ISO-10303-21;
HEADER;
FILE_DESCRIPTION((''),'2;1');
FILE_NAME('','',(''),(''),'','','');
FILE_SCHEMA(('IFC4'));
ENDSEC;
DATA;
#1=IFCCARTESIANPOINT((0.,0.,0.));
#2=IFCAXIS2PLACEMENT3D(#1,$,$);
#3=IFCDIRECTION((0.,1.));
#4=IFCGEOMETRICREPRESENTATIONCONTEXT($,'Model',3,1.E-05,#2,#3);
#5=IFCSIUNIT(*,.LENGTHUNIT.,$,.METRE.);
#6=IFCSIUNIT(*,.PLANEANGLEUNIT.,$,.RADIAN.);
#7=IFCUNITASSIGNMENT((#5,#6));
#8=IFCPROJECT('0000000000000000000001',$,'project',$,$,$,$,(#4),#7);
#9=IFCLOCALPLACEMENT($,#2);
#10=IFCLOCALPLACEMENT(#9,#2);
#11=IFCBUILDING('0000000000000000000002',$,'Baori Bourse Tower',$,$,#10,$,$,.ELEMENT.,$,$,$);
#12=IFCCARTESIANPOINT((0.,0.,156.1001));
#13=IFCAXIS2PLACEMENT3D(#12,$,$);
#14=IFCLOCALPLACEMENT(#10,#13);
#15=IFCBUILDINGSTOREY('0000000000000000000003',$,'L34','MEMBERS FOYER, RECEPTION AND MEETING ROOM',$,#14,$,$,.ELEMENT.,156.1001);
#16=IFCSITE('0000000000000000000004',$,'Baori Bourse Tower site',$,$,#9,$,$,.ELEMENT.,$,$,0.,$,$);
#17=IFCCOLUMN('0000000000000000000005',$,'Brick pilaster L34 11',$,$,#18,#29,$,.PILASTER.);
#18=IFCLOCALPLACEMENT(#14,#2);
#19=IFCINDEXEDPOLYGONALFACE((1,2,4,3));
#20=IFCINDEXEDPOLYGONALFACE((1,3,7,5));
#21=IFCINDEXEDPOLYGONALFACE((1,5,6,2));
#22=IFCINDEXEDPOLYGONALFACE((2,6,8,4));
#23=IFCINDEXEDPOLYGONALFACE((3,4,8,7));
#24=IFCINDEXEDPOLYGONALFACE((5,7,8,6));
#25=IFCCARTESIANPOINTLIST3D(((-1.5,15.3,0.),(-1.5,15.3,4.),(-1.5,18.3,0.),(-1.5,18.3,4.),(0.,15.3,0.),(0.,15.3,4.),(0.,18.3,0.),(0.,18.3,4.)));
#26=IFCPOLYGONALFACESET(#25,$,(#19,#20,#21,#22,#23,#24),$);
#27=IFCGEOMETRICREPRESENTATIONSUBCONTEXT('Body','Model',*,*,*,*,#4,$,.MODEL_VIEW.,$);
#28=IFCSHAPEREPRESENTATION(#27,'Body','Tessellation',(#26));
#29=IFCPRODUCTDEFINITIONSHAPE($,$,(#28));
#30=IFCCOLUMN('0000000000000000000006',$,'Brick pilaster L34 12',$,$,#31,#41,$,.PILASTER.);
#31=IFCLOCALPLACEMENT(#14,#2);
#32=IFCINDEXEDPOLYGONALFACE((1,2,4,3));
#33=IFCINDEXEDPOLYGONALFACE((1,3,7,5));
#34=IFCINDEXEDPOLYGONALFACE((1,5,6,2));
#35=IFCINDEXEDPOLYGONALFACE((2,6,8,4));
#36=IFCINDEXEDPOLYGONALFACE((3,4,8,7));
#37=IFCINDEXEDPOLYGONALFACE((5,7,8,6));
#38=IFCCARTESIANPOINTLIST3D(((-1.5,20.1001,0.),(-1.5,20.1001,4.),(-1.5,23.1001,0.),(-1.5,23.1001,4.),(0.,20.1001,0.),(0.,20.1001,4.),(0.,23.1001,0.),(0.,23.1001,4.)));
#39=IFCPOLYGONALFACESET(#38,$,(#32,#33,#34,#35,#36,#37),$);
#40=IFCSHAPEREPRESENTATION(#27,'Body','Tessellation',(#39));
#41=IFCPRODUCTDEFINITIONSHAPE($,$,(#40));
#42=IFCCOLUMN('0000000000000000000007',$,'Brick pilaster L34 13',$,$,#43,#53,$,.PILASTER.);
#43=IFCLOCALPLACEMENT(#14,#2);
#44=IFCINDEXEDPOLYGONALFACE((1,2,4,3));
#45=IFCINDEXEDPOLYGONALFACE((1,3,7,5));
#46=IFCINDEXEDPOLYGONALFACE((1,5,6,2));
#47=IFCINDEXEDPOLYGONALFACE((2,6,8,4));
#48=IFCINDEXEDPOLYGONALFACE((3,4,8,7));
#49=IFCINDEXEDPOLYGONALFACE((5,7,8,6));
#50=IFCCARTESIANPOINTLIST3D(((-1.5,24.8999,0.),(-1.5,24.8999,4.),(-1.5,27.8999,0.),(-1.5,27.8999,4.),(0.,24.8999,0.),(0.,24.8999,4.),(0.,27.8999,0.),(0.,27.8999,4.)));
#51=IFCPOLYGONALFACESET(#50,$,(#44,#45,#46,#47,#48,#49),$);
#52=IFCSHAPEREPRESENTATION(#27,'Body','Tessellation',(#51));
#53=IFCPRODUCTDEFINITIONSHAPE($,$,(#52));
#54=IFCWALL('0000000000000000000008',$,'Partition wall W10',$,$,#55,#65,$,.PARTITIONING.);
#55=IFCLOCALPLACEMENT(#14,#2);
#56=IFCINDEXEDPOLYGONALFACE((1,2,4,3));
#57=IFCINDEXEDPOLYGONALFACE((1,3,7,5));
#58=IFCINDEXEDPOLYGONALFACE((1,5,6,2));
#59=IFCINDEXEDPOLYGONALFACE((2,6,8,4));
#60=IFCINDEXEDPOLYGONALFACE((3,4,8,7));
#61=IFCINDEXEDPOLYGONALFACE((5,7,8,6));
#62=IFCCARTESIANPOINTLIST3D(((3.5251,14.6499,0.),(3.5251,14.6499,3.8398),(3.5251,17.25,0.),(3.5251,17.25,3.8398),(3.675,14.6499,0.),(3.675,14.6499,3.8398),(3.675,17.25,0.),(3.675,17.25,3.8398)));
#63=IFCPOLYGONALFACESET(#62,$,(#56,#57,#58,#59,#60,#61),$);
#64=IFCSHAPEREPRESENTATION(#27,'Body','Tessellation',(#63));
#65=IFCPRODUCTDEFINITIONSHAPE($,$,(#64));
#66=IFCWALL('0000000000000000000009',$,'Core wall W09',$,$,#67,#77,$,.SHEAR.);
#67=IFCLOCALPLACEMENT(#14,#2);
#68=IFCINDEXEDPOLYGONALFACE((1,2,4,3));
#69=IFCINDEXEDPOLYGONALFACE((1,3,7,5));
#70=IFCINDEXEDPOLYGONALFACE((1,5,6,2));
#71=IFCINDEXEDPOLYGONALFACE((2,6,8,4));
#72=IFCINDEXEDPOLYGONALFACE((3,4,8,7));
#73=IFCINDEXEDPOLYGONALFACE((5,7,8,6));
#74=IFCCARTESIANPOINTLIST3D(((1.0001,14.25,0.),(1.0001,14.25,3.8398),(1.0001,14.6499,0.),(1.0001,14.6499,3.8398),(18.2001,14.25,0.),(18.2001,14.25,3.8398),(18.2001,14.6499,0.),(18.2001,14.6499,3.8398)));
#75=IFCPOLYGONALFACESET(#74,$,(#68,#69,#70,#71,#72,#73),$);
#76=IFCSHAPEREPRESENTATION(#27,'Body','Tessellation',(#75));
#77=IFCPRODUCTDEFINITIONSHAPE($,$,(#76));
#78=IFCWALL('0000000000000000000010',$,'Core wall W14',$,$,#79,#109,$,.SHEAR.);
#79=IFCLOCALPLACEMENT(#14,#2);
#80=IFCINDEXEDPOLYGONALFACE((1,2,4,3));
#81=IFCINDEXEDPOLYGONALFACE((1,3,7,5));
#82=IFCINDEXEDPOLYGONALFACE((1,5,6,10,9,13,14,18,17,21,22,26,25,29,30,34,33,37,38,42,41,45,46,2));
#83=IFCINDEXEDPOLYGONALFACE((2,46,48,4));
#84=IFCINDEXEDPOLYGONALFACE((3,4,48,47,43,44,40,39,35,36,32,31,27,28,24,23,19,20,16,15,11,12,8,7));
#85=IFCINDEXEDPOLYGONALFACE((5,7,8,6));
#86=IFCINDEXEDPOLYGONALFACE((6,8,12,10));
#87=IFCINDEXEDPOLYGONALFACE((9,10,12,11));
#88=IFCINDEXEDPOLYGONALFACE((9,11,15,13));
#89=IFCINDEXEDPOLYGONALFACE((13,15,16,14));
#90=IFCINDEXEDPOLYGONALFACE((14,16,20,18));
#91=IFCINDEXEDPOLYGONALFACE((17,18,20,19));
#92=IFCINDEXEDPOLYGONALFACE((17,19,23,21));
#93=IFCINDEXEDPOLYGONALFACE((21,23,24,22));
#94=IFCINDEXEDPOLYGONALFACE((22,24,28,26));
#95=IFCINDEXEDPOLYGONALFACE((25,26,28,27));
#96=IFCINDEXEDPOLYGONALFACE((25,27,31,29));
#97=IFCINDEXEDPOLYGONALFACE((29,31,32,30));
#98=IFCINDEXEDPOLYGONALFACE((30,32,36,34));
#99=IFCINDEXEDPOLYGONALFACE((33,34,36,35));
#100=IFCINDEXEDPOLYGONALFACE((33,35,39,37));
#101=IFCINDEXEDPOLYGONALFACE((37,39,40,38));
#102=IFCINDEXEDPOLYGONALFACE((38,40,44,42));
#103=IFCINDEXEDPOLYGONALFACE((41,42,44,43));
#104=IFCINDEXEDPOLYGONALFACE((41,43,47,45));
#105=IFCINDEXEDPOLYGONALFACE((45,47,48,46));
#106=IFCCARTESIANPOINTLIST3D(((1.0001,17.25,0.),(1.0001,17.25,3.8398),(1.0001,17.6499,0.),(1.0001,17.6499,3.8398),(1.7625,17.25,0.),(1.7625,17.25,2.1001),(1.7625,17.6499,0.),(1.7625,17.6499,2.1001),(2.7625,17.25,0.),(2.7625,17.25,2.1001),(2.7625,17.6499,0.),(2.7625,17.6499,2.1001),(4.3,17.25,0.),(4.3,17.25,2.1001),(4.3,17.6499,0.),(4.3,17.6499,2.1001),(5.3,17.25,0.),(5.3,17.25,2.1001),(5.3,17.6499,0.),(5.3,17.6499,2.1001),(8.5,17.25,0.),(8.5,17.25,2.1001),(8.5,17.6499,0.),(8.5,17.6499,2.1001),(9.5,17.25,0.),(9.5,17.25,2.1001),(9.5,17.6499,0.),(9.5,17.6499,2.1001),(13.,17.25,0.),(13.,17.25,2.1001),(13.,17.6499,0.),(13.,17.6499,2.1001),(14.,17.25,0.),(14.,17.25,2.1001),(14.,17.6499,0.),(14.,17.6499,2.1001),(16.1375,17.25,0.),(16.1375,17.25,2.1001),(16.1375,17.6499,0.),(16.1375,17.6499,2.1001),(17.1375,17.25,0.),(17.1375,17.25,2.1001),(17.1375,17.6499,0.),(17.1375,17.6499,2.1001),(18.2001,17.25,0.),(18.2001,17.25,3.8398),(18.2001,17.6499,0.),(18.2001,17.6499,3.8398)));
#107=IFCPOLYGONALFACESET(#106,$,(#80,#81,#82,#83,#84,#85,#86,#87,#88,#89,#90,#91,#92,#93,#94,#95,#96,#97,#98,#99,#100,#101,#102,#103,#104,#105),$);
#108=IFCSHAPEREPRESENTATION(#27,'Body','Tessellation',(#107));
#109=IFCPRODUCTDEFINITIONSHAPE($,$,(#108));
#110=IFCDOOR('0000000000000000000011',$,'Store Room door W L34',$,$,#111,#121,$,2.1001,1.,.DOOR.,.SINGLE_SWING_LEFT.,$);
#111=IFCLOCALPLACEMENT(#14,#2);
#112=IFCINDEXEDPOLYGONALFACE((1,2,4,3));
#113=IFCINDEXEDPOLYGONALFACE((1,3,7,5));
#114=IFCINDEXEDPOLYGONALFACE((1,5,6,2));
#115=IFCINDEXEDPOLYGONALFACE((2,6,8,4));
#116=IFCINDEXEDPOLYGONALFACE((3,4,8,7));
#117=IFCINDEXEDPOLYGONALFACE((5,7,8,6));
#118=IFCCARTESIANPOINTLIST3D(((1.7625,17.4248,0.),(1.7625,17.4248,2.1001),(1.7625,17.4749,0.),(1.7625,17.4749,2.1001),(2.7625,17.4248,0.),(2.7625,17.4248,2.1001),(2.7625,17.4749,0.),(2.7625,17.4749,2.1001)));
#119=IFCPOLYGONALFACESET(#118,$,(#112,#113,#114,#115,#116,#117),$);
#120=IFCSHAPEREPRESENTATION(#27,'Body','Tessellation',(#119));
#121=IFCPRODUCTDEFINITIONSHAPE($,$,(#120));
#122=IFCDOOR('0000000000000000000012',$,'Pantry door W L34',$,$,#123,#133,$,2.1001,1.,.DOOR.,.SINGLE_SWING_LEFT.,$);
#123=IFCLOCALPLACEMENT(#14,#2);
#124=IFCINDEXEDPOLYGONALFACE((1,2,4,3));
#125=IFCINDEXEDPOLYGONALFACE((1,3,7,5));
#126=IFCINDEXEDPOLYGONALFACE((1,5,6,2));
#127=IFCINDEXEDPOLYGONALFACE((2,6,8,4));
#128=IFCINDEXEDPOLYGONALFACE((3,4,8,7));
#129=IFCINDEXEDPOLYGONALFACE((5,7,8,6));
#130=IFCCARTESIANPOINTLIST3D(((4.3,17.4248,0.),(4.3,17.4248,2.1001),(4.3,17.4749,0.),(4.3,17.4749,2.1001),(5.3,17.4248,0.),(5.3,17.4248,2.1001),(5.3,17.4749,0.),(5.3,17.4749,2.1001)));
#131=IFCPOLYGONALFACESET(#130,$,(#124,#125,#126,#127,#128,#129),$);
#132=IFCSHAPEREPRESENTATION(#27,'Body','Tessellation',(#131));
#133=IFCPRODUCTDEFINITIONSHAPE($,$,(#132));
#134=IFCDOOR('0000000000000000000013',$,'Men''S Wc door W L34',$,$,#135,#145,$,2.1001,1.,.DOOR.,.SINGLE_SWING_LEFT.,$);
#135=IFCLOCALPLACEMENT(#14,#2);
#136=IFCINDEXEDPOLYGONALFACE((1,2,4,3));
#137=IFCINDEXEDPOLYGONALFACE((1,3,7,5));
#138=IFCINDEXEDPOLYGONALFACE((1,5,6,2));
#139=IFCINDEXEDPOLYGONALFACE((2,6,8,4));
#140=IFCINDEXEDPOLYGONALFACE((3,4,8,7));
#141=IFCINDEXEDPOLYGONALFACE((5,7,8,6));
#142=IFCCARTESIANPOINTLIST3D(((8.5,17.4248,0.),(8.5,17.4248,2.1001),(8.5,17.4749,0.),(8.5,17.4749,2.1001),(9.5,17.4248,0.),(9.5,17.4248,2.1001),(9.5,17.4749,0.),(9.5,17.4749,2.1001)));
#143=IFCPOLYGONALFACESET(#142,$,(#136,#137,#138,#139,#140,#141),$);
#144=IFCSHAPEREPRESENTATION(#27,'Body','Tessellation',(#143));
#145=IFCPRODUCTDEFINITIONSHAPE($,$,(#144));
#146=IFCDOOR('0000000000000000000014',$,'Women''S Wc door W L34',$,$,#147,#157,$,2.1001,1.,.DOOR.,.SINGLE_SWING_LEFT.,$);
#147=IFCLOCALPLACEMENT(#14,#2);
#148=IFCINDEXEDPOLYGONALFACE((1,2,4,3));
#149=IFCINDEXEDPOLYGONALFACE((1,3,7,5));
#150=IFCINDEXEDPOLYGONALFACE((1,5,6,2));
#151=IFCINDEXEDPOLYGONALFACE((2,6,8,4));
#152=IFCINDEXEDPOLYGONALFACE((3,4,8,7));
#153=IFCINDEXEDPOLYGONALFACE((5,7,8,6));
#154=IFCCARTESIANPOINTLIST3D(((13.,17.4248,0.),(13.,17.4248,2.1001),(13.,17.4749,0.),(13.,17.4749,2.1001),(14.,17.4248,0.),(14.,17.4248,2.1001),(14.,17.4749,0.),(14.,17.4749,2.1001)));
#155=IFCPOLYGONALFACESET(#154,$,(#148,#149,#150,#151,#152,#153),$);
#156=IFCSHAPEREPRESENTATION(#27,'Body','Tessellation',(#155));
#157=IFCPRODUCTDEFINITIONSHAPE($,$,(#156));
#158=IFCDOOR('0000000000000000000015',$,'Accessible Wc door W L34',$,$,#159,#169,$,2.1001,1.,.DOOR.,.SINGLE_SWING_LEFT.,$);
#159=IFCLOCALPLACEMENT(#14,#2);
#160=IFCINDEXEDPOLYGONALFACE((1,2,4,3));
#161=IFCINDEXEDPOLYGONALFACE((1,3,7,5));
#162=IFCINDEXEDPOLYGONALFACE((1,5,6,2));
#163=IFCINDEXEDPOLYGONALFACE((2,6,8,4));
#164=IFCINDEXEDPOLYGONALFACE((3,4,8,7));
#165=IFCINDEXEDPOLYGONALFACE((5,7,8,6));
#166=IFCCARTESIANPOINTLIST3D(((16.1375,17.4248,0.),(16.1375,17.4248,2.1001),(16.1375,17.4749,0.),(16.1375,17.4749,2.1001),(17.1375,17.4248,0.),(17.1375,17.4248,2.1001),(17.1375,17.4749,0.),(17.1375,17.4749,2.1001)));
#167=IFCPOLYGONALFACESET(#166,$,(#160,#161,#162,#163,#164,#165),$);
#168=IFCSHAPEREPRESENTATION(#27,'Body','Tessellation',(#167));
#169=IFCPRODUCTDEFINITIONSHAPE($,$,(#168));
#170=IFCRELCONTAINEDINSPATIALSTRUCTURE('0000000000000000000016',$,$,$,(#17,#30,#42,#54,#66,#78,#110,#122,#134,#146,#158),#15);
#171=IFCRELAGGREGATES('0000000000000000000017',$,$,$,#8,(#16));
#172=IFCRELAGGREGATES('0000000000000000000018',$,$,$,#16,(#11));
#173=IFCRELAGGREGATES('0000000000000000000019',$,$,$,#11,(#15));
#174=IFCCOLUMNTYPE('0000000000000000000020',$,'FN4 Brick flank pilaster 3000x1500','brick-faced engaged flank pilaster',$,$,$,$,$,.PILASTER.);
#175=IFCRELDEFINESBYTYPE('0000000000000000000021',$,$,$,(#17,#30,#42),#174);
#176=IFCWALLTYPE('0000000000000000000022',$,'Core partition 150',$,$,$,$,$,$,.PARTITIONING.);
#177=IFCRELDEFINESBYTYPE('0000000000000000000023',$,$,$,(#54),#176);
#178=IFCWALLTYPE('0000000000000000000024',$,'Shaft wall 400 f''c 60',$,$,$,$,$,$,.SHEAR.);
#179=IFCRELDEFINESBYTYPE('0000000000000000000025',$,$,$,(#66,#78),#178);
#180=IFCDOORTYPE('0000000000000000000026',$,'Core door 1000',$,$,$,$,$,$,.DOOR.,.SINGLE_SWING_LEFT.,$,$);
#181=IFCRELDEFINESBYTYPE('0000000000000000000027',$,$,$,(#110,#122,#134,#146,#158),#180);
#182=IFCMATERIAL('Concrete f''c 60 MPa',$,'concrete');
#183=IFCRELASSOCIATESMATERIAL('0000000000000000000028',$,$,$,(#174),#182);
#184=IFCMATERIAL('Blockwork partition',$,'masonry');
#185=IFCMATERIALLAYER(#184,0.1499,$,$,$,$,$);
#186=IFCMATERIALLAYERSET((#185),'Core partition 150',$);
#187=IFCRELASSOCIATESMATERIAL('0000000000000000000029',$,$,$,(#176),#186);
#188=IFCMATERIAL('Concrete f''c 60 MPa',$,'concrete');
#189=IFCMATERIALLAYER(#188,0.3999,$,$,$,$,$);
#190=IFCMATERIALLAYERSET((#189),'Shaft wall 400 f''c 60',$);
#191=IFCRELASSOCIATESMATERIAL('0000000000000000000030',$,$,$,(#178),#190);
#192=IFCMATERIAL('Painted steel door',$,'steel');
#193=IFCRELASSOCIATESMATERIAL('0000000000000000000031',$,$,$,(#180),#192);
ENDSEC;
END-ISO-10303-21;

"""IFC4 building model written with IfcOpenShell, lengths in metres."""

from ifc_helpers import new_model, si_unit, direction, frame, frame_2d, origin, origin_2d, place, context, subcontext, project, spatial, rectangle, extrude, material, layer, layer_set, material_profile, profile_set, type_object, element, fill, save


model = new_model("IFC4")

# Units and contexts
model_context = context("Model", 3, precision=1e-05, world=origin(), true_north=direction((0.0, 1.0)))
body_context = subcontext(model_context, "Body", "Model", "MODEL_VIEW")
ifc_project = project(units=[si_unit("LENGTHUNIT", "METRE"), si_unit("PLANEANGLEUNIT", "RADIAN")], contexts=[model_context])

# Site, building, storey
site_placement = place(None, origin())
site = spatial("IfcSite", under=ifc_project, at=site_placement, Name="Baori Bourse Tower site", CompositionType="ELEMENT", RefElevation=0.0)
building_placement = place(site_placement, origin())
building = spatial("IfcBuilding", under=site, at=building_placement, Name="Baori Bourse Tower", CompositionType="ELEMENT")
storey_placement = place(building_placement, frame((0.0, 0.0, 156.1001)))
storey = spatial("IfcBuildingStorey", under=building, at=storey_placement, Name="L34", Description="MEMBERS FOYER, RECEPTION AND MEETING ROOM", CompositionType="ELEMENT", Elevation=156.1001)

# Columns
ifc_material_1 = material(Name="Concrete f'c 60 MPa", Category="concrete")
ifc_material_profile = material_profile(ifc_material_1, rectangle(XDim=3.0, YDim=1.5, at=origin_2d()), Name="RC 3000x1500")
ifc_profile_set = profile_set([ifc_material_profile], Name="Concrete f'c 60 MPa")
column_type = type_object("IfcColumnType", Name="FN4 Brick flank pilaster 3000x1500", Description="brick-faced engaged flank pilaster", PredefinedType="PILASTER", material=ifc_profile_set)
for number, where, z_axis, x_axis, name in (
    (1, (-0.75, 16.8, 0.0), (0.0, 0.0, 1.0), (0.0, 1.0, 0.0), "Brick pilaster L34 11"),
    (2, (-0.75, 21.6001, 0.0), (0.0, 0.0, 1.0), (0.0, 1.0, 0.0), "Brick pilaster L34 12"),
    (3, (-0.75, 26.3999, 0.0), (0.0, 0.0, 1.0), (0.0, 1.0, 0.0), "Brick pilaster L34 13"),
):
    element("IfcColumn", number, at=place(storey_placement, frame(where, z_axis=z_axis, x_axis=x_axis)), inside=storey, type_object=column_type, Name=name, PredefinedType="PILASTER", context=body_context, shape_type="SweptSolid", body=[
        extrude(rectangle(XDim=3.0, YDim=1.5, at=origin_2d()), origin(), (0.0, 0.0, 1.0), 4.0),
    ])

# Walls
ifc_material_2 = material(Name="Blockwork partition", Category="masonry")
ifc_layer_1 = layer(ifc_material_2, 0.1499)
ifc_layer_set_1 = layer_set([ifc_layer_1], Name="Core partition 150")
wall_type_1 = type_object("IfcWallType", Name="Core partition 150", PredefinedType="PARTITIONING", material=ifc_layer_set_1)
wall_1_placement = place(storey_placement, frame((3.6001, 14.6499, 0.0), z_axis=(0.0, 0.0, 1.0), x_axis=(0.0, 1.0, 0.0)))
element("IfcWall", 4, at=wall_1_placement, inside=storey, type_object=wall_type_1, Name="Partition wall W10", PredefinedType="PARTITIONING", context=body_context, shape_type="SweptSolid", body=[
    extrude(rectangle(XDim=2.6001, YDim=0.1499, at=frame_2d((1.3, 0.0))), origin(), (0.0, 0.0, 1.0), 3.8398),
])
ifc_material_3 = material(Name="Concrete f'c 60 MPa", Category="concrete")
ifc_layer_2 = layer(ifc_material_3, 0.3999)
ifc_layer_set_2 = layer_set([ifc_layer_2], Name="Shaft wall 400 f'c 60")
wall_type_2 = type_object("IfcWallType", Name="Shaft wall 400 f'c 60", PredefinedType="SHEAR", material=ifc_layer_set_2)
wall_2_placement = place(storey_placement, frame((1.0, 14.45, 0.0), z_axis=(0.0, 0.0, 1.0), x_axis=(1.0, 0.0, 0.0)))
element("IfcWall", 5, at=wall_2_placement, inside=storey, type_object=wall_type_2, Name="Core wall W09", PredefinedType="SHEAR", context=body_context, shape_type="SweptSolid", body=[
    extrude(rectangle(XDim=17.2, YDim=0.3999, at=frame_2d((8.6001, 0.0))), origin(), (0.0, 0.0, 1.0), 3.8398),
])

# Wall, openings, doors
wall_3_placement = place(storey_placement, frame((1.0, 17.45, 0.0), z_axis=(0.0, 0.0, 1.0), x_axis=(1.0, 0.0, 0.0)))
wall_3 = element("IfcWall", 6, at=wall_3_placement, inside=storey, type_object=wall_type_2, Name="Core wall W14", PredefinedType="SHEAR", context=body_context, shape_type="SweptSolid", body=[
    extrude(rectangle(XDim=17.2, YDim=0.3999, at=frame_2d((8.6001, 0.0))), origin(), (0.0, 0.0, 1.0), 3.8398),
])
opening_1_placement = place(wall_3_placement, frame((0.7625, 0.0, 0.0)))
opening_1 = element("IfcOpeningElement", 7, at=opening_1_placement, cuts=wall_3, PredefinedType="OPENING", context=body_context, shape_type="SweptSolid", body=[
    extrude(rectangle(XDim=1.0, YDim=2.1001, at=frame_2d((0.5, 1.05))), frame((0.0, 0.21, 0.0), z_axis=(0.0, -1.0, 0.0), x_axis=(1.0, 0.0, 0.0)), (0.0, 0.0, 1.0), 0.4199),
])
opening_2_placement = place(wall_3_placement, frame((3.3, 0.0, 0.0)))
opening_2 = element("IfcOpeningElement", 8, at=opening_2_placement, cuts=wall_3, PredefinedType="OPENING", context=body_context, shape_type="SweptSolid", body=[
    extrude(rectangle(XDim=1.0, YDim=2.1001, at=frame_2d((0.5, 1.05))), frame((0.0, 0.21, 0.0), z_axis=(0.0, -1.0, 0.0), x_axis=(1.0, 0.0, 0.0)), (0.0, 0.0, 1.0), 0.4199),
])
opening_3_placement = place(wall_3_placement, frame((7.5, 0.0, 0.0)))
opening_3 = element("IfcOpeningElement", 9, at=opening_3_placement, cuts=wall_3, PredefinedType="OPENING", context=body_context, shape_type="SweptSolid", body=[
    extrude(rectangle(XDim=1.0, YDim=2.1001, at=frame_2d((0.5, 1.05))), frame((0.0, 0.21, 0.0), z_axis=(0.0, -1.0, 0.0), x_axis=(1.0, 0.0, 0.0)), (0.0, 0.0, 1.0), 0.4199),
])
opening_4_placement = place(wall_3_placement, frame((12.0, 0.0, 0.0)))
opening_4 = element("IfcOpeningElement", 10, at=opening_4_placement, cuts=wall_3, PredefinedType="OPENING", context=body_context, shape_type="SweptSolid", body=[
    extrude(rectangle(XDim=1.0, YDim=2.1001, at=frame_2d((0.5, 1.05))), frame((0.0, 0.21, 0.0), z_axis=(0.0, -1.0, 0.0), x_axis=(1.0, 0.0, 0.0)), (0.0, 0.0, 1.0), 0.4199),
])
opening_5_placement = place(wall_3_placement, frame((15.1375, 0.0, 0.0)))
opening_5 = element("IfcOpeningElement", 11, at=opening_5_placement, cuts=wall_3, PredefinedType="OPENING", context=body_context, shape_type="SweptSolid", body=[
    extrude(rectangle(XDim=1.0, YDim=2.1001, at=frame_2d((0.5, 1.05))), frame((0.0, 0.21, 0.0), z_axis=(0.0, -1.0, 0.0), x_axis=(1.0, 0.0, 0.0)), (0.0, 0.0, 1.0), 0.4199),
])
ifc_material_4 = material(Name="Painted steel door", Category="steel")
door_type_1 = type_object("IfcDoorType", Name="Core door 1000", OperationType="SINGLE_SWING_LEFT", PredefinedType="DOOR", material=ifc_material_4)
door_1_placement = place(opening_1_placement, origin())
door_1 = element("IfcDoor", 12, at=door_1_placement, inside=storey, type_object=door_type_1, Name="Store Room door W L34", OperationType="SINGLE_SWING_LEFT", OverallHeight=2.1001, OverallWidth=1.0, PredefinedType="DOOR", context=body_context, shape_type="SweptSolid", body=[
    extrude(rectangle(XDim=1.0, YDim=2.1001, at=frame_2d((0.5, 1.05))), frame((0.0, 0.0249, 0.0), z_axis=(0.0, -1.0, 0.0), x_axis=(1.0, 0.0, 0.0)), (0.0, 0.0, 1.0), 0.05),
])
fill(opening_1, door_1)
door_2_placement = place(opening_2_placement, origin())
door_2 = element("IfcDoor", 13, at=door_2_placement, inside=storey, type_object=door_type_1, Name="Pantry door W L34", OperationType="SINGLE_SWING_LEFT", OverallHeight=2.1001, OverallWidth=1.0, PredefinedType="DOOR", context=body_context, shape_type="SweptSolid", body=[
    extrude(rectangle(XDim=1.0, YDim=2.1001, at=frame_2d((0.5, 1.05))), frame((0.0, 0.0249, 0.0), z_axis=(0.0, -1.0, 0.0), x_axis=(1.0, 0.0, 0.0)), (0.0, 0.0, 1.0), 0.05),
])
fill(opening_2, door_2)
door_3_placement = place(opening_3_placement, origin())
door_3 = element("IfcDoor", 14, at=door_3_placement, inside=storey, type_object=door_type_1, Name="Men'S Wc door W L34", OperationType="SINGLE_SWING_LEFT", OverallHeight=2.1001, OverallWidth=1.0, PredefinedType="DOOR", context=body_context, shape_type="SweptSolid", body=[
    extrude(rectangle(XDim=1.0, YDim=2.1001, at=frame_2d((0.5, 1.05))), frame((0.0, 0.0249, 0.0), z_axis=(0.0, -1.0, 0.0), x_axis=(1.0, 0.0, 0.0)), (0.0, 0.0, 1.0), 0.05),
])
fill(opening_3, door_3)
door_4_placement = place(opening_4_placement, origin())
door_4 = element("IfcDoor", 15, at=door_4_placement, inside=storey, type_object=door_type_1, Name="Women'S Wc door W L34", OperationType="SINGLE_SWING_LEFT", OverallHeight=2.1001, OverallWidth=1.0, PredefinedType="DOOR", context=body_context, shape_type="SweptSolid", body=[
    extrude(rectangle(XDim=1.0, YDim=2.1001, at=frame_2d((0.5, 1.05))), frame((0.0, 0.0249, 0.0), z_axis=(0.0, -1.0, 0.0), x_axis=(1.0, 0.0, 0.0)), (0.0, 0.0, 1.0), 0.05),
])
fill(opening_4, door_4)
door_5_placement = place(opening_5_placement, origin())
door_5 = element("IfcDoor", 16, at=door_5_placement, inside=storey, type_object=door_type_1, Name="Accessible Wc door W L34", OperationType="SINGLE_SWING_LEFT", OverallHeight=2.1001, OverallWidth=1.0, PredefinedType="DOOR", context=body_context, shape_type="SweptSolid", body=[
    extrude(rectangle(XDim=1.0, YDim=2.1001, at=frame_2d((0.5, 1.05))), frame((0.0, 0.0249, 0.0), z_axis=(0.0, -1.0, 0.0), x_axis=(1.0, 0.0, 0.0)), (0.0, 0.0, 1.0), 0.05),
])
fill(opening_5, door_5)

save(model, "model.ifc")
